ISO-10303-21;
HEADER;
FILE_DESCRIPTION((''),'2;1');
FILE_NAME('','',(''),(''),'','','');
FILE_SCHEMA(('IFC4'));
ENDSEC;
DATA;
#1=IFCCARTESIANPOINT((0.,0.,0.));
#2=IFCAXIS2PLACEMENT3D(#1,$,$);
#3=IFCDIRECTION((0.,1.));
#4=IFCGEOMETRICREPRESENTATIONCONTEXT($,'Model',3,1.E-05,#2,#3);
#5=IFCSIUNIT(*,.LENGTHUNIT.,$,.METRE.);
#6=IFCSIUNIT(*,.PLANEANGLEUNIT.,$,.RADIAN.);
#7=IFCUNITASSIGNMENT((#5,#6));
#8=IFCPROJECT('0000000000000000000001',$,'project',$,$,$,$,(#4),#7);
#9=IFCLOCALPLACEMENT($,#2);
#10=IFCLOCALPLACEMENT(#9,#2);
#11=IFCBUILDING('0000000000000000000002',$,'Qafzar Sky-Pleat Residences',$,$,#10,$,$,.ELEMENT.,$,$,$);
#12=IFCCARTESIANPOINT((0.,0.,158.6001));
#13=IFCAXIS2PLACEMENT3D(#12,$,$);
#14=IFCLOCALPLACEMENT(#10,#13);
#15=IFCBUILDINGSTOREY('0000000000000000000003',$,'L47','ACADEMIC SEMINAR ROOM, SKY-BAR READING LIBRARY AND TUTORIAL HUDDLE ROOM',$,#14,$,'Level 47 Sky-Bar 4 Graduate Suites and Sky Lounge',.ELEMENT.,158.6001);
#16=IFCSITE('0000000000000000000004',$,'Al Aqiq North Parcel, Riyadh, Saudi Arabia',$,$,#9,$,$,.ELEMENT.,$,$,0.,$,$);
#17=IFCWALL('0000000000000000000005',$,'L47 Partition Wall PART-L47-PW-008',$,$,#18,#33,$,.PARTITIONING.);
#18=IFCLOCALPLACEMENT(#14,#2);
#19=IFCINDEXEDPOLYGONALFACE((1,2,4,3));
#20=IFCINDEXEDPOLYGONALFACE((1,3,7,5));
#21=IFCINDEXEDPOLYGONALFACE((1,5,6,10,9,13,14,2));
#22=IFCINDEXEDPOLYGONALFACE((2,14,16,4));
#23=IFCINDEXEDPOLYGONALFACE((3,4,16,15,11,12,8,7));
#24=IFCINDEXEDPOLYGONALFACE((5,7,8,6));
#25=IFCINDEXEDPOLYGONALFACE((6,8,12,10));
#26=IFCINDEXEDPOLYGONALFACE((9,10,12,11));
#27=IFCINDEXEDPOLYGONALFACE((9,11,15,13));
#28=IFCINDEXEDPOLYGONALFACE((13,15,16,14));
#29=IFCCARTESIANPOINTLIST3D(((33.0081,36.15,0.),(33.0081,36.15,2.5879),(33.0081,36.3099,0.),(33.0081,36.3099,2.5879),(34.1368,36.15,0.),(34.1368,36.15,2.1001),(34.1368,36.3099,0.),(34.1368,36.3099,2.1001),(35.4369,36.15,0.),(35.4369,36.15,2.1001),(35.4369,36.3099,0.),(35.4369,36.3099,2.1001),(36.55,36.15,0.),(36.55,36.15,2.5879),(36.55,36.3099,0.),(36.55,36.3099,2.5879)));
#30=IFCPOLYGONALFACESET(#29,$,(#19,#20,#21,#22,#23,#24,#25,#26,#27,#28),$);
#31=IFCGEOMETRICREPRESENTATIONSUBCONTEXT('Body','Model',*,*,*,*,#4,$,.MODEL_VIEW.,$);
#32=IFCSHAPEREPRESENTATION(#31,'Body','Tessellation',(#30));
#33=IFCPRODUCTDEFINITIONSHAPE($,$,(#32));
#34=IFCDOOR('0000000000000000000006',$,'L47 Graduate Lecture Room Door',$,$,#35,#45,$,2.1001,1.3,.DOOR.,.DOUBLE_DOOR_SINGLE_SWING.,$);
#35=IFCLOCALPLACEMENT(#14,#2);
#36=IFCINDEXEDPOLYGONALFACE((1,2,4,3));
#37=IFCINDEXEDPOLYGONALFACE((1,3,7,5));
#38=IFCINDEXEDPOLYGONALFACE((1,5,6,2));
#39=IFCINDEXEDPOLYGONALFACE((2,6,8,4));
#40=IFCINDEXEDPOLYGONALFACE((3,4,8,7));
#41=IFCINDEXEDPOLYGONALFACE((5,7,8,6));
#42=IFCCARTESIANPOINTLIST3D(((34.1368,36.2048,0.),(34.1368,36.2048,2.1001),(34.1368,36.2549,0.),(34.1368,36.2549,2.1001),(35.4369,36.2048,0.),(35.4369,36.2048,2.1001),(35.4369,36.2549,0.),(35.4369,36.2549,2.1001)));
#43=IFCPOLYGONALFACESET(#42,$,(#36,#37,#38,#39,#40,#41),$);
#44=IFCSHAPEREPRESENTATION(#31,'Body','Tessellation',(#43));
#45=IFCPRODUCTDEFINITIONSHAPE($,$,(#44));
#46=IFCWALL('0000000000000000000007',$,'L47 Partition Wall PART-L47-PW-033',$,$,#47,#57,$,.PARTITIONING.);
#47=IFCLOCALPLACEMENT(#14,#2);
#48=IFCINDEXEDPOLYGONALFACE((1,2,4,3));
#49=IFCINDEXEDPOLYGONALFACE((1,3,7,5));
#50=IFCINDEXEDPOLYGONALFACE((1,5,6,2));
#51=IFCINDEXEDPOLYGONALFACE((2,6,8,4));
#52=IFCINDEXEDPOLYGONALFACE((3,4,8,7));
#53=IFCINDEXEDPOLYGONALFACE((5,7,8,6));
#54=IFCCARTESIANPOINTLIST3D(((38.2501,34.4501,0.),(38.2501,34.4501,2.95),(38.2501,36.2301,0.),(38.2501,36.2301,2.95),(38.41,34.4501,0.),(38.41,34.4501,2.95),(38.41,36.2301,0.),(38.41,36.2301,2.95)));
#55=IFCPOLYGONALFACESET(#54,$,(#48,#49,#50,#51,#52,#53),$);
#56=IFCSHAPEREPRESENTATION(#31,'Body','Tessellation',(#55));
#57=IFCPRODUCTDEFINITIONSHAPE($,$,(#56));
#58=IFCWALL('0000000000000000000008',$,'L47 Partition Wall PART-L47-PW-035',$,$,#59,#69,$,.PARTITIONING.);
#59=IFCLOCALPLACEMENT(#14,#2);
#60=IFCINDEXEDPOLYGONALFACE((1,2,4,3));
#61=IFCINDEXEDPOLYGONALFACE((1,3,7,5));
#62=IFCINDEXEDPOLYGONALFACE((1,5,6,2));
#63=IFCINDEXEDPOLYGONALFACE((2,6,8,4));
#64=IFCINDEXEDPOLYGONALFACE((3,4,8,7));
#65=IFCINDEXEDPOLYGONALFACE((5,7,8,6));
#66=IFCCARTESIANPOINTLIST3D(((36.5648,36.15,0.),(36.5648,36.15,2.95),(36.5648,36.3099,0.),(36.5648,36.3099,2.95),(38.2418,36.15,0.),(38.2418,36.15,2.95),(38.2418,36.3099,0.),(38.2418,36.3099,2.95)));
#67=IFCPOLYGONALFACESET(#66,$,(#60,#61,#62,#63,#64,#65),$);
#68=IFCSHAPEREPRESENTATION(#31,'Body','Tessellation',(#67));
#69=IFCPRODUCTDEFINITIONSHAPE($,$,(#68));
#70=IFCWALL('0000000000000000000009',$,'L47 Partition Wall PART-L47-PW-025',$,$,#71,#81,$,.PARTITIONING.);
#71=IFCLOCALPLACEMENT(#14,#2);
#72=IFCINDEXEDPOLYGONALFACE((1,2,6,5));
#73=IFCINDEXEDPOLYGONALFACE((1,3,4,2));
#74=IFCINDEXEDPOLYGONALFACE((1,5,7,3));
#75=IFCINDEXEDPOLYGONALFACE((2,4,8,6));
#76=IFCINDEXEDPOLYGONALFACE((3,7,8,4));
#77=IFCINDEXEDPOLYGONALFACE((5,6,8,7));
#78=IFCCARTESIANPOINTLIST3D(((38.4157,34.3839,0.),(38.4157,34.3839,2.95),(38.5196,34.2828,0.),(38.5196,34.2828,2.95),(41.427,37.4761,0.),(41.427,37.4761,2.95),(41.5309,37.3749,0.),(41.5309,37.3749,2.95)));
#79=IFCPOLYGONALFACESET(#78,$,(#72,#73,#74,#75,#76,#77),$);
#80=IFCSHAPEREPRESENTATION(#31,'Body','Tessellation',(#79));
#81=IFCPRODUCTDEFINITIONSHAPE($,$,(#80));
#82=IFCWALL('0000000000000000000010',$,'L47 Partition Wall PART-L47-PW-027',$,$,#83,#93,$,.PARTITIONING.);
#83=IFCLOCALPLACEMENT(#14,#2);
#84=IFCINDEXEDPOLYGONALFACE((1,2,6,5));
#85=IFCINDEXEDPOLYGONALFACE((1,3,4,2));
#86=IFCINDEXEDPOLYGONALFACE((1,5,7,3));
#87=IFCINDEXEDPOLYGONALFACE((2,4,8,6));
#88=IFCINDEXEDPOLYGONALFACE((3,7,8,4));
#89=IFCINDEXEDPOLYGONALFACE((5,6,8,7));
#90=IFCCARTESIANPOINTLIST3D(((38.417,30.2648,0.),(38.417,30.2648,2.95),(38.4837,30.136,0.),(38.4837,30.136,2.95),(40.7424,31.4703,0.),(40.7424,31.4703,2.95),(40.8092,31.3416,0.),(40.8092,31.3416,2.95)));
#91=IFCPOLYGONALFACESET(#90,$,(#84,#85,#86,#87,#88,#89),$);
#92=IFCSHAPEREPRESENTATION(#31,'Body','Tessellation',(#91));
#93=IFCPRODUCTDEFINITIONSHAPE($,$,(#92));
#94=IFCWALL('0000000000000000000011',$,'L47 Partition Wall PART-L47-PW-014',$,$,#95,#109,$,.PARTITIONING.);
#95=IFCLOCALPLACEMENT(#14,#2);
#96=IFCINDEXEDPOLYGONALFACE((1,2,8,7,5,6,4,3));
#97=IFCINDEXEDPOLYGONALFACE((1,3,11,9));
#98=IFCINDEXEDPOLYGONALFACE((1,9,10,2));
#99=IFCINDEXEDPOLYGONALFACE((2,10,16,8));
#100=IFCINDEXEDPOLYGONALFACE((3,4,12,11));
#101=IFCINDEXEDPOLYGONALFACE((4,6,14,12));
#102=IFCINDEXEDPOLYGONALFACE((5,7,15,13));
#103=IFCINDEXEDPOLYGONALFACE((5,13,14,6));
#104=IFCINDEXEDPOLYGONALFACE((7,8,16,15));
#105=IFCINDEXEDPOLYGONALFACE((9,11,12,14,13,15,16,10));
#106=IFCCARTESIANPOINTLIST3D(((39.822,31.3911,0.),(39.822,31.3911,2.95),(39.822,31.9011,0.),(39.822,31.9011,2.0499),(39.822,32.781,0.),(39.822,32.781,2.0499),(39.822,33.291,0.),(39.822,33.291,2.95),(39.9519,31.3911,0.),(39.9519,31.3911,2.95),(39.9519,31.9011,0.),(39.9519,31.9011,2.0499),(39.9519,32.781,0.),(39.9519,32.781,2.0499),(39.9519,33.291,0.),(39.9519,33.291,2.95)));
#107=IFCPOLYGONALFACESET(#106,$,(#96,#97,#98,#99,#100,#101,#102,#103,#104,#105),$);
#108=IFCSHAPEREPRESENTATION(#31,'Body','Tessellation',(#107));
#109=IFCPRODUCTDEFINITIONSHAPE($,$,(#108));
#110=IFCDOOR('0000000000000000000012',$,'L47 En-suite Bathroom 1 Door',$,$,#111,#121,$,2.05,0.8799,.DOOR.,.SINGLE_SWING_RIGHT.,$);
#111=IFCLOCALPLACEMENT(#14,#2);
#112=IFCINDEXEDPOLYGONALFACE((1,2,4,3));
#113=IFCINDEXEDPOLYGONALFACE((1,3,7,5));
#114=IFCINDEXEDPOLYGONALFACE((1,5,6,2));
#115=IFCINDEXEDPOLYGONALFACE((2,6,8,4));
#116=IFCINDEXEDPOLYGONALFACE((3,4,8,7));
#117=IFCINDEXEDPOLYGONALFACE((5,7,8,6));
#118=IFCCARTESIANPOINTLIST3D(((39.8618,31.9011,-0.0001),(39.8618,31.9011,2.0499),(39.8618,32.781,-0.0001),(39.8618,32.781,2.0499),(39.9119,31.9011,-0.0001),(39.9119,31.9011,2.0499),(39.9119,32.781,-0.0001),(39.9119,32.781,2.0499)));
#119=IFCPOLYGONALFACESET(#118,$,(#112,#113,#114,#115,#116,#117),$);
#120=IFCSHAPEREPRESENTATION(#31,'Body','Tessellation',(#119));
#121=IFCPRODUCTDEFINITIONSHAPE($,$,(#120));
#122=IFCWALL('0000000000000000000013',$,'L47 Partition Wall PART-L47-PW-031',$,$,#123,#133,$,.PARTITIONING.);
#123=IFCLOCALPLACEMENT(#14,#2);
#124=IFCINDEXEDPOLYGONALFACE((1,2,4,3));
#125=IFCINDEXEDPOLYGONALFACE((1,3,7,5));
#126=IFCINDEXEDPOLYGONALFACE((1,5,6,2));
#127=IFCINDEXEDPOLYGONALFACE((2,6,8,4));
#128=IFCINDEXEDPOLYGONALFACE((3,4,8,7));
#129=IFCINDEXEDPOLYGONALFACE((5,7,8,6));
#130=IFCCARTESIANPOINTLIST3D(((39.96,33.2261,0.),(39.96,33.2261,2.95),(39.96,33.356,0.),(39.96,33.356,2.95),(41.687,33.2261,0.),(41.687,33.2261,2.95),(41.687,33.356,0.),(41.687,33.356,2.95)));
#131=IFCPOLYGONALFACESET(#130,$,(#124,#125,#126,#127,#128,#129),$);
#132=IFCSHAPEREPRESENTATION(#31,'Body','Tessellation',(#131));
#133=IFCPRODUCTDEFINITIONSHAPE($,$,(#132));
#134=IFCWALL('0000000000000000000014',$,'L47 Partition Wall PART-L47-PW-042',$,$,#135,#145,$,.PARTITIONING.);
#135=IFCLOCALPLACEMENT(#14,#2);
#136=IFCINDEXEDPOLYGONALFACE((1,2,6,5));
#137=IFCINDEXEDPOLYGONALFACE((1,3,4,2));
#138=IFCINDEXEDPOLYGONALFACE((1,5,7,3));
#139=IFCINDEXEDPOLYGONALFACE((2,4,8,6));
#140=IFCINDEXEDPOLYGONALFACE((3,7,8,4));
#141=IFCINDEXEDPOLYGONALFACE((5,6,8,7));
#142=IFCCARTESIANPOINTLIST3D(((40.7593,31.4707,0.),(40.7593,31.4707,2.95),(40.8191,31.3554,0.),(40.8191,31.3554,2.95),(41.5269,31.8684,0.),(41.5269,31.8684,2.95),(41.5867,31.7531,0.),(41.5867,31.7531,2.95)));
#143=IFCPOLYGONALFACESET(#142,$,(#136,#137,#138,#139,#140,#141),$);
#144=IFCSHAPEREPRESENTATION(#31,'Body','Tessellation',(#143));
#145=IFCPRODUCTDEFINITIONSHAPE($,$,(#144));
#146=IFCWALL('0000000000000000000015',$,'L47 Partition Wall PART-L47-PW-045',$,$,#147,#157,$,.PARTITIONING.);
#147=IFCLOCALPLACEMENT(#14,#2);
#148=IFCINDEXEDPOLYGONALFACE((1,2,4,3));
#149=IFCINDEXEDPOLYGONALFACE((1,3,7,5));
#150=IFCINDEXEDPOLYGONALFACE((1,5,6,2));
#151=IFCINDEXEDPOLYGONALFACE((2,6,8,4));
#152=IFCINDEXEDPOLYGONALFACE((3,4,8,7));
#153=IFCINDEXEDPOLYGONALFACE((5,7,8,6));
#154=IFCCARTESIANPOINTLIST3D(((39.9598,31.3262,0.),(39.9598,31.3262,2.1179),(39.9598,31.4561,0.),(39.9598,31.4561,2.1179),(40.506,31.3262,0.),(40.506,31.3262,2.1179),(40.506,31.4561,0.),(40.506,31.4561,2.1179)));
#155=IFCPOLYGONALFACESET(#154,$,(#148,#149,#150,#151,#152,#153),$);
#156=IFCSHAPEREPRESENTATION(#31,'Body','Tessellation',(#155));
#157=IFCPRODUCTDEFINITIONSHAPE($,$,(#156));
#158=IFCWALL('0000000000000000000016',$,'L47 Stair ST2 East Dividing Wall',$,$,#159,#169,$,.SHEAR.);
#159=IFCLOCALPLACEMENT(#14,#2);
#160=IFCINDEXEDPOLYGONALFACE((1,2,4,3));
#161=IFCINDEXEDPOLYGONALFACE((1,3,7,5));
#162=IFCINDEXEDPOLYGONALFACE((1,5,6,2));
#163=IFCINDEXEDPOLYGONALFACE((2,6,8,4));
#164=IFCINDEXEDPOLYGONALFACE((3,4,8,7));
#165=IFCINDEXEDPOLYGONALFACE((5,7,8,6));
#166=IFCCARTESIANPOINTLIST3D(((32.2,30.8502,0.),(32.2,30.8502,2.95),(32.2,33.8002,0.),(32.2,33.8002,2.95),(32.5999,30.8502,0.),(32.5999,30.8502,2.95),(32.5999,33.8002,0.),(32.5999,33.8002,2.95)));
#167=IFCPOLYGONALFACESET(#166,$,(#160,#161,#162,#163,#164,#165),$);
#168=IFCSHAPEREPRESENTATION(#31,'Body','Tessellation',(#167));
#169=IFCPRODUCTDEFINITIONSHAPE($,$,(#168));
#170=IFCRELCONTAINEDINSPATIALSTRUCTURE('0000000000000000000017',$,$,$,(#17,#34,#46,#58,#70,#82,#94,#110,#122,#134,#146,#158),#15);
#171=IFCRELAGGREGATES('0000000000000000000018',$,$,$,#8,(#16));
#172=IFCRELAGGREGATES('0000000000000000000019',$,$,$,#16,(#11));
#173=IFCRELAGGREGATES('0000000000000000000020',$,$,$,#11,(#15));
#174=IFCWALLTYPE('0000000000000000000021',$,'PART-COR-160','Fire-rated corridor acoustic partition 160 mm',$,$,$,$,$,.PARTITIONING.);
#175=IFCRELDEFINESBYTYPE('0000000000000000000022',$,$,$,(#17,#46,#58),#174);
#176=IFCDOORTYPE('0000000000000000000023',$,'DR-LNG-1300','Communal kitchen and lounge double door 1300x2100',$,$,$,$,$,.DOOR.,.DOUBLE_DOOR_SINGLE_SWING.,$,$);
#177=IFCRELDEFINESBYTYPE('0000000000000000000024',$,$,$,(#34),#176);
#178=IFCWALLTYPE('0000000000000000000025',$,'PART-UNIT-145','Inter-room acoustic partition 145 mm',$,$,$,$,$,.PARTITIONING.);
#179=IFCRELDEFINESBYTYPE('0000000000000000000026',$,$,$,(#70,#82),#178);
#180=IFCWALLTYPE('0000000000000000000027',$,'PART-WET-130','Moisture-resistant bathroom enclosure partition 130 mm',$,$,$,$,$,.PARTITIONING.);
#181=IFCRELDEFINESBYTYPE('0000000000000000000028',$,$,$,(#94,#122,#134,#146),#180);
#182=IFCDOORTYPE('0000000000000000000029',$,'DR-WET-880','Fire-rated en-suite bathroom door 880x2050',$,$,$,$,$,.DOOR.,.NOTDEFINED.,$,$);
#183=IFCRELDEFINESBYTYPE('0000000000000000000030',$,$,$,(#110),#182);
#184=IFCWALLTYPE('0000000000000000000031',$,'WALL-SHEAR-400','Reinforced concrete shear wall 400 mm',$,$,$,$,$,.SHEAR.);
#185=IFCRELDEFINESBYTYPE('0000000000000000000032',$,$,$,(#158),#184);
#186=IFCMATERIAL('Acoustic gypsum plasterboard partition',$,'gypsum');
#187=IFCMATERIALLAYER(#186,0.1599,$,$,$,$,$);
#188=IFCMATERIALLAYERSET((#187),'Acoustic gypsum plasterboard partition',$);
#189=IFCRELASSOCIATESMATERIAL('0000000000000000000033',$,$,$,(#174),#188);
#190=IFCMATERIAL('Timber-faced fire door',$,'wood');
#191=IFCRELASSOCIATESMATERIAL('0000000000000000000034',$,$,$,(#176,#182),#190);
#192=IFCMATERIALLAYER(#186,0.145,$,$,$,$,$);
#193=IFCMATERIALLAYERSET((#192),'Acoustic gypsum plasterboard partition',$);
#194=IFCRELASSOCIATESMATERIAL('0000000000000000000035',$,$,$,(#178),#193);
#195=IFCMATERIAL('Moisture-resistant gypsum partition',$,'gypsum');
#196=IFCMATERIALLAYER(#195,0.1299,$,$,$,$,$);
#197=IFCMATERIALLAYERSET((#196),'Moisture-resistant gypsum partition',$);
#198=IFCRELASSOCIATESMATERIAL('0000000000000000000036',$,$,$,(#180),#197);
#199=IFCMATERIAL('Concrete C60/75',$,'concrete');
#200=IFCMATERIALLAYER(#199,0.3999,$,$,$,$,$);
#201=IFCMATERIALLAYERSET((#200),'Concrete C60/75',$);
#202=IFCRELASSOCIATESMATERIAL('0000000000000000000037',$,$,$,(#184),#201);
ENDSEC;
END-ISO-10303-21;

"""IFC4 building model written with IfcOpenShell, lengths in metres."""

from ifc_helpers import new_model, si_unit, direction, frame, frame_2d, origin, place, context, subcontext, project, spatial, rectangle, extrude, source, transform, mapped, material, layer, layer_set, type_object, element, fill, save


model = new_model("IFC4")

# Units and contexts
model_context = context("Model", 3, precision=1e-05, world=origin(), true_north=direction((0.0, 1.0)))
body_context = subcontext(model_context, "Body", "Model", "MODEL_VIEW")
ifc_project = project(units=[si_unit("LENGTHUNIT", "METRE"), si_unit("PLANEANGLEUNIT", "RADIAN")], contexts=[model_context])

# Site, building, storey
site_placement = place(None, origin())
site = spatial("IfcSite", under=ifc_project, at=site_placement, Name="Al Aqiq North Parcel, Riyadh, Saudi Arabia", CompositionType="ELEMENT", RefElevation=0.0)
building_placement = place(site_placement, origin())
building = spatial("IfcBuilding", under=site, at=building_placement, Name="Qafzar Sky-Pleat Residences", CompositionType="ELEMENT")
storey_placement = place(building_placement, frame((0.0, 0.0, 158.6001)))
storey = spatial("IfcBuildingStorey", under=building, at=storey_placement, Name="L47", Description="ACADEMIC SEMINAR ROOM, SKY-BAR READING LIBRARY AND TUTORIAL HUDDLE ROOM", LongName="Level 47 Sky-Bar 4 Graduate Suites and Sky Lounge", CompositionType="ELEMENT", Elevation=158.6001)

# Wall, opening, door
ifc_material_1 = material(Name="Acoustic gypsum plasterboard partition", Category="gypsum")
ifc_layer_1 = layer(ifc_material_1, 0.1599)
ifc_layer_set_1 = layer_set([ifc_layer_1], Name="Acoustic gypsum plasterboard partition")
wall_type_1 = type_object("IfcWallType", Name="PART-COR-160", Description="Fire-rated corridor acoustic partition 160 mm", PredefinedType="PARTITIONING", material=ifc_layer_set_1)
ifc_material_2 = material(Name="Timber-faced fire door", Category="wood")
door_type_1 = type_object("IfcDoorType", Name="DR-LNG-1300", Description="Communal kitchen and lounge double door 1300x2100", OperationType="DOUBLE_DOOR_SINGLE_SWING", PredefinedType="DOOR", material=ifc_material_2)
shared_shape_1 = source(origin(), body_context, "Body", "SweptSolid", [
    extrude(rectangle(XDim=1.3, YDim=2.1001, at=frame_2d((0.6499, 1.05))), frame((0.0, 0.0249, 0.0), z_axis=(0.0, -1.0, 0.0), x_axis=(1.0, 0.0, 0.0)), (0.0, 0.0, 1.0), 0.05),
])
wall_1_placement = place(storey_placement, frame((33.0081, 36.23, 0.0), z_axis=(0.0, 0.0, 1.0), x_axis=(1.0, 0.0, 0.0)))
wall_1 = element("IfcWall", 1, at=wall_1_placement, inside=storey, type_object=wall_type_1, Name="L47 Partition Wall PART-L47-PW-008", PredefinedType="PARTITIONING", context=body_context, shape_type="SweptSolid", body=[
    extrude(rectangle(XDim=3.542, YDim=0.1599, at=frame_2d((1.771, 0.0))), origin(), (0.0, 0.0, 1.0), 2.5879),
])
opening_1_placement = place(wall_1_placement, frame((1.1289, 0.0, 0.0)))
opening_1 = element("IfcOpeningElement", 2, at=opening_1_placement, cuts=wall_1, PredefinedType="OPENING", context=body_context, shape_type="SweptSolid", body=[
    extrude(rectangle(XDim=1.3, YDim=2.1001, at=frame_2d((0.6499, 1.05))), frame((0.0, 0.0898, 0.0), z_axis=(0.0, -1.0, 0.0), x_axis=(1.0, 0.0, 0.0)), (0.0, 0.0, 1.0), 0.1799),
])
door_1_placement = place(opening_1_placement, origin())
door_1 = element("IfcDoor", 3, at=door_1_placement, inside=storey, type_object=door_type_1, Name="L47 Graduate Lecture Room Door", OperationType="DOUBLE_DOOR_SINGLE_SWING", OverallHeight=2.1001, OverallWidth=1.3, PredefinedType="DOOR", context=body_context, shape_type="MappedRepresentation", body=[
    mapped(shared_shape_1, transform((0.0, 0.0, 0.0), x_axis=(1.0, 0.0, 0.0), y_axis=(0.0, 1.0, 0.0), z_axis=(0.0, 0.0, 1.0), scale=1.0)),
])
fill(opening_1, door_1)

# Walls
wall_2_placement = place(storey_placement, frame((38.3301, 34.45, 0.0), z_axis=(0.0, 0.0, 1.0), x_axis=(0.0, 1.0, 0.0)))
element("IfcWall", 4, at=wall_2_placement, inside=storey, type_object=wall_type_1, Name="L47 Partition Wall PART-L47-PW-033", PredefinedType="PARTITIONING", context=body_context, shape_type="SweptSolid", body=[
    extrude(rectangle(XDim=1.78, YDim=0.1599, at=frame_2d((0.8901, 0.0))), origin(), (0.0, 0.0, 1.0), 2.95),
])
wall_3_placement = place(storey_placement, frame((36.5649, 36.23, 0.0), z_axis=(0.0, 0.0, 1.0), x_axis=(1.0, 0.0, 0.0)))
element("IfcWall", 5, at=wall_3_placement, inside=storey, type_object=wall_type_1, Name="L47 Partition Wall PART-L47-PW-035", PredefinedType="PARTITIONING", context=body_context, shape_type="SweptSolid", body=[
    extrude(rectangle(XDim=1.677, YDim=0.1599, at=frame_2d((0.8384, 0.0))), origin(), (0.0, 0.0, 1.0), 2.95),
])
ifc_layer_2 = layer(ifc_material_1, 0.145)
ifc_layer_set_2 = layer_set([ifc_layer_2], Name="Acoustic gypsum plasterboard partition")
wall_type_2 = type_object("IfcWallType", Name="PART-UNIT-145", Description="Inter-room acoustic partition 145 mm", PredefinedType="PARTITIONING", material=ifc_layer_set_2)
wall_4_placement = place(storey_placement, frame((38.4675, 34.3333, 0.0), z_axis=(0.0, 0.0, 1.0), x_axis=(0.697683, 0.716406, 0.0)))
element("IfcWall", 6, at=wall_4_placement, inside=storey, type_object=wall_type_2, Name="L47 Partition Wall PART-L47-PW-025", PredefinedType="PARTITIONING", context=body_context, shape_type="SweptSolid", body=[
    extrude(rectangle(XDim=4.3162, YDim=0.145, at=frame_2d((2.1582, 0.0))), origin(), (0.0, 0.0, 1.0), 2.95),
])
wall_5_placement = place(storey_placement, frame((38.4504, 30.2004, 0.0), z_axis=(0.0, 0.0, 1.0), x_axis=(0.887788, 0.460252, 0.0)))
element("IfcWall", 7, at=wall_5_placement, inside=storey, type_object=wall_type_2, Name="L47 Partition Wall PART-L47-PW-027", PredefinedType="PARTITIONING", context=body_context, shape_type="SweptSolid", body=[
    extrude(rectangle(XDim=2.6194, YDim=0.145, at=frame_2d((1.3096, 0.0))), origin(), (0.0, 0.0, 1.0), 2.95),
])

# Wall, opening, door
ifc_material_3 = material(Name="Moisture-resistant gypsum partition", Category="gypsum")
ifc_layer_3 = layer(ifc_material_3, 0.1299)
ifc_layer_set_3 = layer_set([ifc_layer_3], Name="Moisture-resistant gypsum partition")
wall_type_3 = type_object("IfcWallType", Name="PART-WET-130", Description="Moisture-resistant bathroom enclosure partition 130 mm", PredefinedType="PARTITIONING", material=ifc_layer_set_3)
wall_6_placement = place(storey_placement, frame((39.887, 33.291, 0.0), z_axis=(0.0, 0.0, 1.0), x_axis=(0.0, -1.0, 0.0)))
wall_6 = element("IfcWall", 8, at=wall_6_placement, inside=storey, type_object=wall_type_3, Name="L47 Partition Wall PART-L47-PW-014", PredefinedType="PARTITIONING", context=body_context, shape_type="SweptSolid", body=[
    extrude(rectangle(XDim=1.8999, YDim=0.1299, at=frame_2d((0.95, 0.0))), origin(), (0.0, 0.0, 1.0), 2.95),
])
opening_2_placement = place(wall_6_placement, frame((0.51, 0.0, 0.0)))
opening_2 = element("IfcOpeningElement", 9, at=opening_2_placement, cuts=wall_6, PredefinedType="OPENING", context=body_context, shape_type="SweptSolid", body=[
    extrude(rectangle(XDim=0.8799, YDim=2.05, at=frame_2d((0.4399, 1.0249))), frame((0.0, 0.075, 0.0), z_axis=(0.0, -1.0, 0.0), x_axis=(1.0, 0.0, 0.0)), (0.0, 0.0, 1.0), 0.1499),
])
door_type_2 = type_object("IfcDoorType", Name="DR-WET-880", Description="Fire-rated en-suite bathroom door 880x2050", OperationType="NOTDEFINED", PredefinedType="DOOR", material=ifc_material_2)
shared_shape_2 = source(origin(), body_context, "Body", "SweptSolid", [
    extrude(rectangle(XDim=0.8799, YDim=2.05, at=frame_2d((0.4399, 1.0249))), frame((0.0, 0.0249, 0.0), z_axis=(0.0, -1.0, 0.0), x_axis=(1.0, 0.0, 0.0)), (0.0, 0.0, 1.0), 0.05),
])
door_2_placement = place(opening_2_placement, origin())
door_2 = element("IfcDoor", 10, at=door_2_placement, inside=storey, type_object=door_type_2, Name="L47 En-suite Bathroom 1 Door", OperationType="SINGLE_SWING_RIGHT", OverallHeight=2.05, OverallWidth=0.8799, PredefinedType="DOOR", context=body_context, shape_type="MappedRepresentation", body=[
    mapped(shared_shape_2, transform((0.0, 0.0, 0.0), x_axis=(1.0, 0.0, 0.0), y_axis=(0.0, 1.0, 0.0), z_axis=(0.0, 0.0, 1.0), scale=1.0)),
])
fill(opening_2, door_2)

# Walls
wall_7_placement = place(storey_placement, frame((39.96, 33.291, 0.0), z_axis=(0.0, 0.0, 1.0), x_axis=(1.0, 0.0, 0.0)))
element("IfcWall", 11, at=wall_7_placement, inside=storey, type_object=wall_type_3, Name="L47 Partition Wall PART-L47-PW-031", PredefinedType="PARTITIONING", context=body_context, shape_type="SweptSolid", body=[
    extrude(rectangle(XDim=1.7271, YDim=0.1299, at=frame_2d((0.8635, 0.0))), origin(), (0.0, 0.0, 1.0), 2.95),
])
wall_8_placement = place(storey_placement, frame((40.7893, 31.4131, 0.0), z_axis=(0.0, 0.0, 1.0), x_axis=(0.887896, 0.460045, 0.0)))
element("IfcWall", 12, at=wall_8_placement, inside=storey, type_object=wall_type_3, Name="L47 Partition Wall PART-L47-PW-042", PredefinedType="PARTITIONING", context=body_context, shape_type="SweptSolid", body=[
    extrude(rectangle(XDim=0.8645, YDim=0.1299, at=frame_2d((0.4321, 0.0))), origin(), (0.0, 0.0, 1.0), 2.95),
])
wall_9_placement = place(storey_placement, frame((39.96, 31.3911, 0.0), z_axis=(0.0, 0.0, 1.0), x_axis=(1.0, 0.0, 0.0)))
element("IfcWall", 13, at=wall_9_placement, inside=storey, type_object=wall_type_3, Name="L47 Partition Wall PART-L47-PW-045", PredefinedType="PARTITIONING", context=body_context, shape_type="SweptSolid", body=[
    extrude(rectangle(XDim=0.5461, YDim=0.1299, at=frame_2d((0.2729, 0.0))), origin(), (0.0, 0.0, 1.0), 2.1179),
])
ifc_material_4 = material(Name="Concrete C60/75", Category="concrete")
ifc_layer_4 = layer(ifc_material_4, 0.3999)
ifc_layer_set_4 = layer_set([ifc_layer_4], Name="Concrete C60/75")
wall_type_4 = type_object("IfcWallType", Name="WALL-SHEAR-400", Description="Reinforced concrete shear wall 400 mm", PredefinedType="SHEAR", material=ifc_layer_set_4)
wall_10_placement = place(storey_placement, frame((32.3999, 30.8501, 0.0), z_axis=(0.0, 0.0, 1.0), x_axis=(0.0, 1.0, 0.0)))
element("IfcWall", 14, at=wall_10_placement, inside=storey, type_object=wall_type_4, Name="L47 Stair ST2 East Dividing Wall", PredefinedType="SHEAR", context=body_context, shape_type="SweptSolid", body=[
    extrude(rectangle(XDim=2.95, YDim=0.3999, at=frame_2d((1.4751, 0.0))), origin(), (0.0, 0.0, 1.0), 2.95),
])

save(model, "model.ifc")
